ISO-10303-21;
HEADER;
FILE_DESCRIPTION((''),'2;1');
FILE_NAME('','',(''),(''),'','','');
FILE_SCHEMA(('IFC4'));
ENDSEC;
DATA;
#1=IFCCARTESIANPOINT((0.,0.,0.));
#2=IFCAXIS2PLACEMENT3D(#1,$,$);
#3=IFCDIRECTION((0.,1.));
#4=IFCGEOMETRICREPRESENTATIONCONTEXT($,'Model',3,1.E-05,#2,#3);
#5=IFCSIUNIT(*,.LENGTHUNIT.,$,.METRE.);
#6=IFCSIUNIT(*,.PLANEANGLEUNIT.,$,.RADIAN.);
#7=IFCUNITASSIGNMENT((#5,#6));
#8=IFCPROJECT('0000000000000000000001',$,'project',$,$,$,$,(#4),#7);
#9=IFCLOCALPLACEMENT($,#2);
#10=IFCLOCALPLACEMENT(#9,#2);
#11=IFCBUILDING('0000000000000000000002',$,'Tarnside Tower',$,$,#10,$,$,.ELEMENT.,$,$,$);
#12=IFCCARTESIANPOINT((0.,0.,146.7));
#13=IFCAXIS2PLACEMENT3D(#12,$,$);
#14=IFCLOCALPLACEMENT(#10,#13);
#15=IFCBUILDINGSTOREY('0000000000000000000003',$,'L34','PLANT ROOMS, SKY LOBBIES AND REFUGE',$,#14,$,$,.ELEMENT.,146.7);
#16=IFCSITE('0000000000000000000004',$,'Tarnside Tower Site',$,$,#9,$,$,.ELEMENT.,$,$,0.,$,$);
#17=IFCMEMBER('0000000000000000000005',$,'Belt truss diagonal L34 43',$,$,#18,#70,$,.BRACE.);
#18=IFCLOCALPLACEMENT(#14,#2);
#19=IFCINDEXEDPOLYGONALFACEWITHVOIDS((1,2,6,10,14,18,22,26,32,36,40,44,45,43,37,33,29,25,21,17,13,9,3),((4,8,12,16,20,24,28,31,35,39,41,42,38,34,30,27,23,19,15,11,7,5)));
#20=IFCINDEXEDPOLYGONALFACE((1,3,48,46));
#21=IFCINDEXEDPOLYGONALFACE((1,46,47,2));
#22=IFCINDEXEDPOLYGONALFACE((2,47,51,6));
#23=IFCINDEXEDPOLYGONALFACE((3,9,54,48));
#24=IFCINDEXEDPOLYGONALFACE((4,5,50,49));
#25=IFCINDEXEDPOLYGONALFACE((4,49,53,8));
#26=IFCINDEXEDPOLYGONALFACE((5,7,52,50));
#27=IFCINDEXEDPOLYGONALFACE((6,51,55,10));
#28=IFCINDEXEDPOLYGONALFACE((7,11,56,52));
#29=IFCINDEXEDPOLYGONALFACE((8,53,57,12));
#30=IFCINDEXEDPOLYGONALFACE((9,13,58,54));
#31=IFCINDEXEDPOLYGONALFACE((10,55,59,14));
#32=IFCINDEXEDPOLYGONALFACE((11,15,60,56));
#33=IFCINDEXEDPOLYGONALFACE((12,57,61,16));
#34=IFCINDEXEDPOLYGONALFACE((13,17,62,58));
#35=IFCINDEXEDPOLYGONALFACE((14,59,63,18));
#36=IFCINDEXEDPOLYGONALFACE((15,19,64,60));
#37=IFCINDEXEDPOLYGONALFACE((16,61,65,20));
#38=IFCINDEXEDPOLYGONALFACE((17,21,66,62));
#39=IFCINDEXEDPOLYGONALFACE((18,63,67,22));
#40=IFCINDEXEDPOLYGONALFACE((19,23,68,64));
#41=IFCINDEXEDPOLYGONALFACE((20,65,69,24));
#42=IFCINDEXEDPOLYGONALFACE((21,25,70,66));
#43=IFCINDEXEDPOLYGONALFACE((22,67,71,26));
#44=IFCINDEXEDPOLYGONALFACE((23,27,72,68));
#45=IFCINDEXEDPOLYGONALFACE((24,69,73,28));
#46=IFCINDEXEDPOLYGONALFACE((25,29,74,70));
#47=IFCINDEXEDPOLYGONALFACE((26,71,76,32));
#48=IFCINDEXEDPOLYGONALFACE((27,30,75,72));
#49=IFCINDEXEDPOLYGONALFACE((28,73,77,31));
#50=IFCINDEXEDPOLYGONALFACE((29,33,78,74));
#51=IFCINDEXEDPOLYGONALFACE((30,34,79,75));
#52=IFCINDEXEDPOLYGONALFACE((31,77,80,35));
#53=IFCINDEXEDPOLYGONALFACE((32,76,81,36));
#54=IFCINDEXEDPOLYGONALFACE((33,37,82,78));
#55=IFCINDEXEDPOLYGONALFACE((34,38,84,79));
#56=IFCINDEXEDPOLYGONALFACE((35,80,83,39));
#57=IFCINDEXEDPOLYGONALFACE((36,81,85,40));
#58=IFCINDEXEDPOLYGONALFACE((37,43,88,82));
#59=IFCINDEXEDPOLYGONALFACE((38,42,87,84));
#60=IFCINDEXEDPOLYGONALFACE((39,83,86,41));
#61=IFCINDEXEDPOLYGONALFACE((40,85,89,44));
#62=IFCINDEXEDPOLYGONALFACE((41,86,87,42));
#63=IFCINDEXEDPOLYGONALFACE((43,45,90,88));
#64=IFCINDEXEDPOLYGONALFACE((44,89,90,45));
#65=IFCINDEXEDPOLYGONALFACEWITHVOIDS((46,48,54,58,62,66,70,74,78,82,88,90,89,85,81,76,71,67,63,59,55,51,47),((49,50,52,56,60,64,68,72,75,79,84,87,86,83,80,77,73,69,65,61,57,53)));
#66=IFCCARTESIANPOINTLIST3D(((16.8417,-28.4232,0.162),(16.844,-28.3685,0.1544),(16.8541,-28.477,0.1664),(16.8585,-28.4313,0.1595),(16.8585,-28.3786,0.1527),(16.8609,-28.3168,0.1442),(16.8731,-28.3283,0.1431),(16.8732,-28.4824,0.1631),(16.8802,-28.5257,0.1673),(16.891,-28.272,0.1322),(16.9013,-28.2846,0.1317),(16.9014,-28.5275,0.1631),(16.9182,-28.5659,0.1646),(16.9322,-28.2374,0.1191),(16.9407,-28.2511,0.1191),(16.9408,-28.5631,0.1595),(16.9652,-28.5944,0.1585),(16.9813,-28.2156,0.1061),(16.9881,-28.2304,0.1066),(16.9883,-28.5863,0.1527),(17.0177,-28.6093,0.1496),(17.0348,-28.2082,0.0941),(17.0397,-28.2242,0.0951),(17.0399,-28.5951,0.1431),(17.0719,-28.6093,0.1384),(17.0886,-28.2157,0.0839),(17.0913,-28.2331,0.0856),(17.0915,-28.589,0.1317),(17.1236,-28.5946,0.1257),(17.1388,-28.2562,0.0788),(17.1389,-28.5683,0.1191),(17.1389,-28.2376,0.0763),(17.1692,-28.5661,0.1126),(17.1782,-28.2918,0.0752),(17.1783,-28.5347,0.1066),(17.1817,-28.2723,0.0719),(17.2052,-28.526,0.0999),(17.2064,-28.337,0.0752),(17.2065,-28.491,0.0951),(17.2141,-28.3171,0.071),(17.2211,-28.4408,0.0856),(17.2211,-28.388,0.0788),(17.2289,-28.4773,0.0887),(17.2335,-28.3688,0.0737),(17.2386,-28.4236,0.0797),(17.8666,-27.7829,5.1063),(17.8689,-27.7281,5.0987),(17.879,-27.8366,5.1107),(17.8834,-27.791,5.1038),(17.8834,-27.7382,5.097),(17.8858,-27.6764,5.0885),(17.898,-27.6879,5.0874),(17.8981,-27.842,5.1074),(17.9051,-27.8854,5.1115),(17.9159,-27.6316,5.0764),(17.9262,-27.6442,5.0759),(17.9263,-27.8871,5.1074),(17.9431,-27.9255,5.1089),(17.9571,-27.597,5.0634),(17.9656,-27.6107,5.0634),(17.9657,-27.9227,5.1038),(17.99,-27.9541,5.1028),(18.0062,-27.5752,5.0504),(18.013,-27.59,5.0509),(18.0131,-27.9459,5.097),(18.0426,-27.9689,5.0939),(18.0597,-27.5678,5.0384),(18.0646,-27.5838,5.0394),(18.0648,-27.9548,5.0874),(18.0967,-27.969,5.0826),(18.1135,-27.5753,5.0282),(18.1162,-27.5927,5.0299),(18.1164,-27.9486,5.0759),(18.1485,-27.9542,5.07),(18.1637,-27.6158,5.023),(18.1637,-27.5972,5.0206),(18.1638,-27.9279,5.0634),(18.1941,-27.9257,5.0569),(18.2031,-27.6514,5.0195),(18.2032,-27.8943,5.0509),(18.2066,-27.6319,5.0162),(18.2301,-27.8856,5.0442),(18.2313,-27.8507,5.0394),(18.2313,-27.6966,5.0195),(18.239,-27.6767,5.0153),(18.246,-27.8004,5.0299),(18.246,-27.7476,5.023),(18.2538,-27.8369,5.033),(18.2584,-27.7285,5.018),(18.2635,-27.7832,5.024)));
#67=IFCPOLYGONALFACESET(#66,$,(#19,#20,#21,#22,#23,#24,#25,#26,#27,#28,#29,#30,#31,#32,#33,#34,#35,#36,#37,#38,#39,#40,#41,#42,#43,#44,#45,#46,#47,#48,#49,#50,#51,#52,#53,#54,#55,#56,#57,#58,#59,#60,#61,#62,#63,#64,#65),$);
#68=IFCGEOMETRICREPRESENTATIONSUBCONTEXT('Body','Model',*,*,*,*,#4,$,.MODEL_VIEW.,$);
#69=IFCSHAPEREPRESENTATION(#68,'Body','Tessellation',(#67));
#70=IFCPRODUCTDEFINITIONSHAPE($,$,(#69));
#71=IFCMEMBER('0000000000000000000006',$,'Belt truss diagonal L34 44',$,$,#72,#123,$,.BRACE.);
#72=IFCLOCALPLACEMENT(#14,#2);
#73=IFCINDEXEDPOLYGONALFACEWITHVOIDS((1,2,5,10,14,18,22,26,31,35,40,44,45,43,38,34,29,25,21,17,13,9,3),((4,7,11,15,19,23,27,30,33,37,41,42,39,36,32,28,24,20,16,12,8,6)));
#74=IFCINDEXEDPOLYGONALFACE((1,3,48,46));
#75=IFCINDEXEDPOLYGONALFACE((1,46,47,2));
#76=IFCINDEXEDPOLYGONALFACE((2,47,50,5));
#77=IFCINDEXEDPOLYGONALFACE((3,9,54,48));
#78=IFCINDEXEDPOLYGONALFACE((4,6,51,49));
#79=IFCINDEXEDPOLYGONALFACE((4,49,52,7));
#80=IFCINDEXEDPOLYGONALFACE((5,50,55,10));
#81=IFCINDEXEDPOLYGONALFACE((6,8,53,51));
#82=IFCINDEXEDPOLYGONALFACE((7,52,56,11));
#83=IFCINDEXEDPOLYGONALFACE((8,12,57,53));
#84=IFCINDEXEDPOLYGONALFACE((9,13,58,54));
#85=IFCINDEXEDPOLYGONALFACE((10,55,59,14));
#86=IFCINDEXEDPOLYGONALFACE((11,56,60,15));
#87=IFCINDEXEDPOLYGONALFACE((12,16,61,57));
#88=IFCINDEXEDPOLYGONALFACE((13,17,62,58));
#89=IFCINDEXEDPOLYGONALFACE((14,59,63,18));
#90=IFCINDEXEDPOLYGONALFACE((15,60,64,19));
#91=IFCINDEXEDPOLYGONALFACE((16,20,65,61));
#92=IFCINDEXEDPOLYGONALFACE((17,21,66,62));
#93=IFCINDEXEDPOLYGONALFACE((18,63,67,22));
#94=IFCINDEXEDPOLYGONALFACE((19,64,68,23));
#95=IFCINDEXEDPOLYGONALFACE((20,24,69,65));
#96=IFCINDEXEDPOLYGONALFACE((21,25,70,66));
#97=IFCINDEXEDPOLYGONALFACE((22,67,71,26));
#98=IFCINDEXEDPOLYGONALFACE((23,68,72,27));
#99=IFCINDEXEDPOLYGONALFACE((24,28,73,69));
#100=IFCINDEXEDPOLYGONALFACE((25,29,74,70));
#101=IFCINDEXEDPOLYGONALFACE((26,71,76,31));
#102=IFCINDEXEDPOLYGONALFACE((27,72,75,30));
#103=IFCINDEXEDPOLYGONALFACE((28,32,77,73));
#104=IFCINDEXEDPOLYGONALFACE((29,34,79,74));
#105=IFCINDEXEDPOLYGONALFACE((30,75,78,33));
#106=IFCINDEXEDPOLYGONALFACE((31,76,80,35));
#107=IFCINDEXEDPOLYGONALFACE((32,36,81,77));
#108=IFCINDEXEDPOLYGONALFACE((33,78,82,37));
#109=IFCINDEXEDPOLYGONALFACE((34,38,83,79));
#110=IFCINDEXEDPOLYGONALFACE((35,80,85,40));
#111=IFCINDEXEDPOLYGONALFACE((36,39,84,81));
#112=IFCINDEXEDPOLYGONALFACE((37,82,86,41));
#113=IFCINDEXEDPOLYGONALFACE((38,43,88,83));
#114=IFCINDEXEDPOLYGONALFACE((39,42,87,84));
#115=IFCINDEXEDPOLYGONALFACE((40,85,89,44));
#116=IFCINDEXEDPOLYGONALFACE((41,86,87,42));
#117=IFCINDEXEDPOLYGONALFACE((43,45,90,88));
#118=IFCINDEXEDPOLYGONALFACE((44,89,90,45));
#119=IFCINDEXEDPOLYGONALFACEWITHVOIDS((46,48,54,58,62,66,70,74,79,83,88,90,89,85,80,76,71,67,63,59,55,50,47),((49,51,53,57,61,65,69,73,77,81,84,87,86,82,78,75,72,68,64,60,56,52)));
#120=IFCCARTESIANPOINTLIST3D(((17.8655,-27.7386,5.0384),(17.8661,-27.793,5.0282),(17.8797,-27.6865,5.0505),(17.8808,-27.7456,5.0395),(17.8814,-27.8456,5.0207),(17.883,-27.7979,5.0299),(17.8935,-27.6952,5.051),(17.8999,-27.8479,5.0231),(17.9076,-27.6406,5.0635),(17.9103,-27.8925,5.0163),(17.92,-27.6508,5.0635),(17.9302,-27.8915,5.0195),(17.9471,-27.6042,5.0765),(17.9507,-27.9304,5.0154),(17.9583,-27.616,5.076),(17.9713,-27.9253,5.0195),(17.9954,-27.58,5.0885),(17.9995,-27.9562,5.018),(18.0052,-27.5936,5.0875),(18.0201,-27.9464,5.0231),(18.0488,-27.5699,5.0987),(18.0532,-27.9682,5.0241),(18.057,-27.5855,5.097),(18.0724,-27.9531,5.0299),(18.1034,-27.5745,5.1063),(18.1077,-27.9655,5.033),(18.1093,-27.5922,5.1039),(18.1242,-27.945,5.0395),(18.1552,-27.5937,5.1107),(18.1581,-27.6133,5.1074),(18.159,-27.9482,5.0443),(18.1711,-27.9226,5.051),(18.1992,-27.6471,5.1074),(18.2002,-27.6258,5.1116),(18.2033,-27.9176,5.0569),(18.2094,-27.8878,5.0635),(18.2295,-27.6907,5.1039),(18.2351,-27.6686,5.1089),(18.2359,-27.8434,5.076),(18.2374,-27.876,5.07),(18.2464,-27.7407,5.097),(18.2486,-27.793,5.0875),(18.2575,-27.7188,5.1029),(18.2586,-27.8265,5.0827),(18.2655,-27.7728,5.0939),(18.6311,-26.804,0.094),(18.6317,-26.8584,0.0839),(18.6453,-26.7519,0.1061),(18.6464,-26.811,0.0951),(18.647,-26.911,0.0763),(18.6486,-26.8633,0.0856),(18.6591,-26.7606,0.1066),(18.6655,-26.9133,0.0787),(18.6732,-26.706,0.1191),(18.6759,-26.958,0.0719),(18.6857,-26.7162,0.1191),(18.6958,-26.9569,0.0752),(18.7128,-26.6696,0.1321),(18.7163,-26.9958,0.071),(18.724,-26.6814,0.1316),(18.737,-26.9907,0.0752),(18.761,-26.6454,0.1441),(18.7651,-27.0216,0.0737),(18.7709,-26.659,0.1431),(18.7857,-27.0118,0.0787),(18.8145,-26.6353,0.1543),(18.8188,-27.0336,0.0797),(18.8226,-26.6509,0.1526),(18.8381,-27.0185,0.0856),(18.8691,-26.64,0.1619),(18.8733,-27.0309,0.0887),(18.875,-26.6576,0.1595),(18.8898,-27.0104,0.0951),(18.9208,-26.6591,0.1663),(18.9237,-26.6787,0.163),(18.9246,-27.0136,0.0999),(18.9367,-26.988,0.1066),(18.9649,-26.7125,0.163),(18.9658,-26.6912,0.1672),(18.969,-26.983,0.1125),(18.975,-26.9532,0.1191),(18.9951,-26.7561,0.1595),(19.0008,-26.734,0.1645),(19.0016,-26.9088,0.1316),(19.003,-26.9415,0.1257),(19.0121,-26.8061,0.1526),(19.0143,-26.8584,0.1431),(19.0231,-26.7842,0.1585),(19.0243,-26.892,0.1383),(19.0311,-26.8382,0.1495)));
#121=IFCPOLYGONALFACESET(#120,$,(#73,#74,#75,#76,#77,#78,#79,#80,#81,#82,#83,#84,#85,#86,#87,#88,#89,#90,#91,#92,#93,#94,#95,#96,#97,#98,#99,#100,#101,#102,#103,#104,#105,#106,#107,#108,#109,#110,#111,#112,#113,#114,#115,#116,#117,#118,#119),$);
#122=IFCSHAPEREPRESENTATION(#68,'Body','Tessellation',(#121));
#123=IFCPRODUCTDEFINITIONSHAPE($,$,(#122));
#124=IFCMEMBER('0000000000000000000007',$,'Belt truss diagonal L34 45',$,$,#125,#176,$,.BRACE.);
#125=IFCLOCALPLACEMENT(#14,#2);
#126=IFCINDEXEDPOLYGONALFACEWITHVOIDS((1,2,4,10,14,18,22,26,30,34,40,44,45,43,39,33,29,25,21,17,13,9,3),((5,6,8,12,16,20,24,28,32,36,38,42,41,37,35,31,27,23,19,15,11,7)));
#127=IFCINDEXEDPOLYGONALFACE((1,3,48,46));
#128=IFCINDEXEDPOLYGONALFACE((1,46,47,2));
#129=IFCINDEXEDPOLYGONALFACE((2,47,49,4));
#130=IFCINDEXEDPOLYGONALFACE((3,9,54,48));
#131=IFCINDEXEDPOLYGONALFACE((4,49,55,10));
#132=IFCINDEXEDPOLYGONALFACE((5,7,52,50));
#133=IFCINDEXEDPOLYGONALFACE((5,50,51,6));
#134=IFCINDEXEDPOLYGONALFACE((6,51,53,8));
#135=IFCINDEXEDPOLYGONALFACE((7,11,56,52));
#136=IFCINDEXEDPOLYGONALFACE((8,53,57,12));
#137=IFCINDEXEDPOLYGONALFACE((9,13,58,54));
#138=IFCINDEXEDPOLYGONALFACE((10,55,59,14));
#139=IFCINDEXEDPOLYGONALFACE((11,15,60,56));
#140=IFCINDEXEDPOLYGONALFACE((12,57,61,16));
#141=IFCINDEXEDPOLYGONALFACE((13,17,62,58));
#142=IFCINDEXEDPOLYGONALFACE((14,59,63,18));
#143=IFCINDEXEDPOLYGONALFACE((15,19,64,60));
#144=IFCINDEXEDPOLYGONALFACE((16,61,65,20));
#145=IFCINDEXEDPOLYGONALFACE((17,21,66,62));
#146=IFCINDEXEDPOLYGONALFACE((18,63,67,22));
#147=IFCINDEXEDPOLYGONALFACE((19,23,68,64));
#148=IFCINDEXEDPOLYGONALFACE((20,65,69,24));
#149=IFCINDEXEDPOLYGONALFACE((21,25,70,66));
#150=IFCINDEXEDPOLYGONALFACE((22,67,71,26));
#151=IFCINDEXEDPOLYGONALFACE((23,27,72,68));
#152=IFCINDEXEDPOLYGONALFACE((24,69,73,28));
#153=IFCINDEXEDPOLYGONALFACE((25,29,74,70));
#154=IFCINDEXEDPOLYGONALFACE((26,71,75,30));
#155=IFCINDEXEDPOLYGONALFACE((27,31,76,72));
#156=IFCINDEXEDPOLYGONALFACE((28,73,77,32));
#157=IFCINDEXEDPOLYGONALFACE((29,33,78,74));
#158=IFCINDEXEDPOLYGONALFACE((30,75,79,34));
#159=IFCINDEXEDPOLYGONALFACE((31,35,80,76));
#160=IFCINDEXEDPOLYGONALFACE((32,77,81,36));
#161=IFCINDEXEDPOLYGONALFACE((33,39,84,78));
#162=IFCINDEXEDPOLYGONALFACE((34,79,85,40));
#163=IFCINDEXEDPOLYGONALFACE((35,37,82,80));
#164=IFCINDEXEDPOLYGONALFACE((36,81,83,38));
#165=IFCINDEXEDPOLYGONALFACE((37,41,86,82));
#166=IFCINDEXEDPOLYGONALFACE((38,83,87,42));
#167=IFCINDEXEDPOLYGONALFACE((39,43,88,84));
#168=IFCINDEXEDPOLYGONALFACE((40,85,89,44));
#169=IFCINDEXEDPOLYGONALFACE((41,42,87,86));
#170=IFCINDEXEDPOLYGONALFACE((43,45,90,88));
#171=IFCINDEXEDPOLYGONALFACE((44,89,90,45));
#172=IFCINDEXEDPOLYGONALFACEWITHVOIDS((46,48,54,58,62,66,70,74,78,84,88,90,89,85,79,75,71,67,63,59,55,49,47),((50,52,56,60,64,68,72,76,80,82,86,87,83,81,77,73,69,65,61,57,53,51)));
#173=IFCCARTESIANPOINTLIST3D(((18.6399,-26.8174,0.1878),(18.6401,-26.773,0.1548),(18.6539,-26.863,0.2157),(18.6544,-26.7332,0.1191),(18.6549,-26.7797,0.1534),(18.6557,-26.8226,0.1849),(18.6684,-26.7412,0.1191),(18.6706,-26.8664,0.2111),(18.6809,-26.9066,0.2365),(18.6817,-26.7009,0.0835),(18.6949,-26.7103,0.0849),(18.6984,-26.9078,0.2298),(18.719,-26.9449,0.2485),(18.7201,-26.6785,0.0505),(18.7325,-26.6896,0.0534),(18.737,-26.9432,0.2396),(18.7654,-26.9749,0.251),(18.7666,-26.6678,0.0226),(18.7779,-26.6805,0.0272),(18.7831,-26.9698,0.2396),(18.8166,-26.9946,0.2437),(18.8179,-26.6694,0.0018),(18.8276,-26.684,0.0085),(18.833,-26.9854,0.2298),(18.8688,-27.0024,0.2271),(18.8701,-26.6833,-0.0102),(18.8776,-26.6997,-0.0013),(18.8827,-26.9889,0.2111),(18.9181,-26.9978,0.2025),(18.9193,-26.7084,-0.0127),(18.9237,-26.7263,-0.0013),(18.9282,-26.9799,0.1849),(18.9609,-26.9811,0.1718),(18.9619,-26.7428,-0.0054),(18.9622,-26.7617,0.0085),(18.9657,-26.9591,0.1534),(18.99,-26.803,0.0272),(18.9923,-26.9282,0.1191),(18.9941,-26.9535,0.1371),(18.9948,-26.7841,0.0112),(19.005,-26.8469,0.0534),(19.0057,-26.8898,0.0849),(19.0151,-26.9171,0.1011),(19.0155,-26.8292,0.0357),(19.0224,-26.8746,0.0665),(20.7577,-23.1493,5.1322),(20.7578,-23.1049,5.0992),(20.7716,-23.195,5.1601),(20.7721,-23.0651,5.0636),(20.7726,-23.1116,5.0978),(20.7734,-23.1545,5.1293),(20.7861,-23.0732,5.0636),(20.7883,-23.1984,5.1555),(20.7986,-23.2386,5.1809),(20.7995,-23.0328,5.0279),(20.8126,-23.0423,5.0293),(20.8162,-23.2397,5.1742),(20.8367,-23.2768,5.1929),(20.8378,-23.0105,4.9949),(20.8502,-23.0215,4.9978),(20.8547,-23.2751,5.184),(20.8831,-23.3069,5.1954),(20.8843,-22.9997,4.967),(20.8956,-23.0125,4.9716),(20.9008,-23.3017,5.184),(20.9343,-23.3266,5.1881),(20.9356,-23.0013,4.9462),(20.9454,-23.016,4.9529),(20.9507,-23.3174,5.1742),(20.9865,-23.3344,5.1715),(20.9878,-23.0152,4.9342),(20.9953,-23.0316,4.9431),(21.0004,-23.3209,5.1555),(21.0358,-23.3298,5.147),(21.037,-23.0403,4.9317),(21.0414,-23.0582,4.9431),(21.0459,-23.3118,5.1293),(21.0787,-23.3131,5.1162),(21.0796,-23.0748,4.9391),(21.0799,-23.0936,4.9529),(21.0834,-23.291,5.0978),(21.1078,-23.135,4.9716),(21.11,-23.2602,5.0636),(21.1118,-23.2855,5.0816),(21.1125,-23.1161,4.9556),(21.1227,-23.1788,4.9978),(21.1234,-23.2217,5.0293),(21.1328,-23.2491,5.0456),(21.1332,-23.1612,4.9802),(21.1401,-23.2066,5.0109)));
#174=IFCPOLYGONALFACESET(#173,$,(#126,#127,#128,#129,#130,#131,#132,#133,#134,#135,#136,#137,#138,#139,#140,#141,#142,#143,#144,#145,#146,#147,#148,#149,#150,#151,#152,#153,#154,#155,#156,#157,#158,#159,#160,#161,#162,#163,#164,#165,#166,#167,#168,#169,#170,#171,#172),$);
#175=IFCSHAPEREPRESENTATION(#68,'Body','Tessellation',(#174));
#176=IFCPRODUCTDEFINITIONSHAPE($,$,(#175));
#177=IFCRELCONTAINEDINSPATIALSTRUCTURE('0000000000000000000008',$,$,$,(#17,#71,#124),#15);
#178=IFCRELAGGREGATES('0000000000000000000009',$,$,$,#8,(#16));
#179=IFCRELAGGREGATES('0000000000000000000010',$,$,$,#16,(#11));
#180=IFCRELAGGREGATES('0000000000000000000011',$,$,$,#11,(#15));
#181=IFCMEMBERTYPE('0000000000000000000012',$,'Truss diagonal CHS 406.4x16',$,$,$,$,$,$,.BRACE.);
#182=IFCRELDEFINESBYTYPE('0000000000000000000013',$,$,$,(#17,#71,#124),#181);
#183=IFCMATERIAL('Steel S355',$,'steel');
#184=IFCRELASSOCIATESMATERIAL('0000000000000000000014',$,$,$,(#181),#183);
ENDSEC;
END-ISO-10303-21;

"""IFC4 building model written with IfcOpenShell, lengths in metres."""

from ifc_helpers import new_model, si_unit, direction, frame, origin, origin_2d, place, context, subcontext, project, spatial, hollow_circle, extrude, material, material_profile, profile_set, type_object, element, save


model = new_model("IFC4")

# Units and contexts
model_context = context("Model", 3, precision=1e-05, world=origin(), true_north=direction((0.0, 1.0)))
body_context = subcontext(model_context, "Body", "Model", "MODEL_VIEW")
ifc_project = project(units=[si_unit("LENGTHUNIT", "METRE"), si_unit("PLANEANGLEUNIT", "RADIAN")], contexts=[model_context])

# Site, building, storey
site_placement = place(None, origin())
site = spatial("IfcSite", under=ifc_project, at=site_placement, Name="Tarnside Tower Site", CompositionType="ELEMENT", RefElevation=0.0)
building_placement = place(site_placement, origin())
building = spatial("IfcBuilding", under=site, at=building_placement, Name="Tarnside Tower", CompositionType="ELEMENT")
storey_placement = place(building_placement, frame((0.0, 0.0, 146.7)))
storey = spatial("IfcBuildingStorey", under=building, at=storey_placement, Name="L34", Description="PLANT ROOMS, SKY LOBBIES AND REFUGE", CompositionType="ELEMENT", Elevation=146.7)

# Shared definitions
ifc_material_1 = material(Name="Steel S355", Category="steel")

# Members
ifc_material_profile_1 = material_profile(ifc_material_1, hollow_circle(Radius=0.2031, WallThickness=0.0161, at=origin_2d()), Name="CHS 406.4x16")
ifc_profile_set_1 = profile_set([ifc_material_profile_1], Name="Steel S355")
member_type_1 = type_object("IfcMemberType", Name="Truss diagonal CHS 406.4x16", PredefinedType="BRACE", material=ifc_profile_set_1)
for number, where, z_axis, x_axis, name in (
    (1, (17.0398, -28.4097, 0.1191), (0.20136, 0.125814, 0.971403), (-0.52989, 0.848066, 0.0), "Belt truss diagonal L34 43"),
    (2, (18.0647, -27.7693, 5.0635), (0.150423, 0.183616, -0.971421), (-0.773561, 0.633722, 0.0), "Belt truss diagonal L34 44"),
):
    element("IfcMember", number, at=place(storey_placement, frame(where, z_axis=z_axis, x_axis=x_axis)), inside=storey, type_object=member_type_1, Name=name, PredefinedType="BRACE", context=body_context, shape_type="SweptSolid", body=[
        extrude(hollow_circle(Radius=0.2031, WallThickness=0.0161, at=origin_2d()), origin(), (0.0, 0.0, 1.0), 5.0898),
    ])
member_1_placement = place(storey_placement, frame((18.8303, -26.8347, 0.1191), z_axis=(0.325277, 0.563403, 0.759455), x_axis=(-0.866028, 0.499995, 0.0)))
element("IfcMember", 3, at=member_1_placement, inside=storey, type_object=member_type_1, Name="Belt truss diagonal L34 45", PredefinedType="BRACE", context=body_context, shape_type="SweptSolid", body=[
    extrude(hollow_circle(Radius=0.2031, WallThickness=0.0161, at=origin_2d()), origin(), (0.0, 0.0, 1.0), 6.5105),
])

save(model, "model.ifc")
